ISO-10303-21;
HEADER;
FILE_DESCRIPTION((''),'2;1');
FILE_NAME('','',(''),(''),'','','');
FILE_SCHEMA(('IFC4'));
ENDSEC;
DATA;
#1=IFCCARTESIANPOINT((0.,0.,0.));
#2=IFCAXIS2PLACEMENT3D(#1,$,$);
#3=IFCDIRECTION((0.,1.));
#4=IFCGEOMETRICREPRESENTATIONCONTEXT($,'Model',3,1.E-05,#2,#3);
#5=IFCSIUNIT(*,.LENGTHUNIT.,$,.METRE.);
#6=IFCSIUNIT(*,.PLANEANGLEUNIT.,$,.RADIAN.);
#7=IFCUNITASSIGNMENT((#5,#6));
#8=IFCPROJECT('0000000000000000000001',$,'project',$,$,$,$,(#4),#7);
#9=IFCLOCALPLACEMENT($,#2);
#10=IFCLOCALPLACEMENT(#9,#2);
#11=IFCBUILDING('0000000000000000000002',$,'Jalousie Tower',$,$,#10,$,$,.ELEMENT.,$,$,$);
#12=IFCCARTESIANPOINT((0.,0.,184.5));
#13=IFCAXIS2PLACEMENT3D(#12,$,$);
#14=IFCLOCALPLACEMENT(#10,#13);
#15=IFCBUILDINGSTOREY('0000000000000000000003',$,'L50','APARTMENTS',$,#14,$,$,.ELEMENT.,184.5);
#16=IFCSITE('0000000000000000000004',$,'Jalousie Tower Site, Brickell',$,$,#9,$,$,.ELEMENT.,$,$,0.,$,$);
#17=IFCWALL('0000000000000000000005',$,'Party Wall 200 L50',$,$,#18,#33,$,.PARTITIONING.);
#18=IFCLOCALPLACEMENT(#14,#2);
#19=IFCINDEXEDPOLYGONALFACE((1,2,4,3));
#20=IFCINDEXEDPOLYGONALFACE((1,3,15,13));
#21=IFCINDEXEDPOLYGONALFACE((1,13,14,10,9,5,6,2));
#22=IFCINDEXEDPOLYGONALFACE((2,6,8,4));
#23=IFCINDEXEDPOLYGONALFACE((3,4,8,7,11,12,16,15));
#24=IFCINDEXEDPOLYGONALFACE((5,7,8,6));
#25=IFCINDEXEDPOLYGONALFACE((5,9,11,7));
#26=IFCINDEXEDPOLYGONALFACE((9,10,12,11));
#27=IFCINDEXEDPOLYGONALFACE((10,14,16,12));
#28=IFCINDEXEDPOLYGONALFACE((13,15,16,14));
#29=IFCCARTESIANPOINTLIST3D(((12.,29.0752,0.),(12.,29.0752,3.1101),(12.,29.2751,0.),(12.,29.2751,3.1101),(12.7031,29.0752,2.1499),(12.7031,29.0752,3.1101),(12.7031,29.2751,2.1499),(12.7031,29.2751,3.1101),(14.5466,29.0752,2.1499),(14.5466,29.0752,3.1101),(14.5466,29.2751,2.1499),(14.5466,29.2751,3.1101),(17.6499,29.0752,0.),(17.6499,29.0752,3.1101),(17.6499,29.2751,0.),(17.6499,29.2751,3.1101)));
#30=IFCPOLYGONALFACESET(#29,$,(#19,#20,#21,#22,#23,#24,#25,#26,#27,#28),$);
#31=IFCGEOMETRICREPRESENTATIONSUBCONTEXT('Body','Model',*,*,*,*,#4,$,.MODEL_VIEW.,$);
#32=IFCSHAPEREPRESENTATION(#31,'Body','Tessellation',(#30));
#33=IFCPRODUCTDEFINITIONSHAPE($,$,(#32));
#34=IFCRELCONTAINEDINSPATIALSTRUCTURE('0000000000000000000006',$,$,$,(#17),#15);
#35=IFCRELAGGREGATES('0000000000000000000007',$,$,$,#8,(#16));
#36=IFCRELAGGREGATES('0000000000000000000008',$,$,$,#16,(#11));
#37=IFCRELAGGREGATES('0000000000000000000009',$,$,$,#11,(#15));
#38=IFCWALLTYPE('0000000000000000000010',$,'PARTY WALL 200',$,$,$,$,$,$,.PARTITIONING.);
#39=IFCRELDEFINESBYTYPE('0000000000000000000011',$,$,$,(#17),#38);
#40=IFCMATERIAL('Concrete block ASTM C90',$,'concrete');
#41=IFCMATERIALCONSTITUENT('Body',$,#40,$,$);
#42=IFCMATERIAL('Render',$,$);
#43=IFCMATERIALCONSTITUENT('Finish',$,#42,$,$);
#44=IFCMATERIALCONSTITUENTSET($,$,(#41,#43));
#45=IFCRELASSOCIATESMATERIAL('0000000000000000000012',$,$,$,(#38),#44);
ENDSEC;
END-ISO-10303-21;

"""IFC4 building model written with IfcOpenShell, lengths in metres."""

from ifc_helpers import new_model, si_unit, direction, frame, origin, place, context, subcontext, project, spatial, polyline, outline, extrude, material, constituent, constituent_set, type_object, element, save


model = new_model("IFC4")

# Units and contexts
model_context = context("Model", 3, precision=1e-05, world=origin(), true_north=direction((0.0, 1.0)))
body_context = subcontext(model_context, "Body", "Model", "MODEL_VIEW")
ifc_project = project(units=[si_unit("LENGTHUNIT", "METRE"), si_unit("PLANEANGLEUNIT", "RADIAN")], contexts=[model_context])

# Site, building, storey
site_placement = place(None, origin())
site = spatial("IfcSite", under=ifc_project, at=site_placement, Name="Jalousie Tower Site, Brickell", CompositionType="ELEMENT", RefElevation=0.0)
building_placement = place(site_placement, origin())
building = spatial("IfcBuilding", under=site, at=building_placement, Name="Jalousie Tower", CompositionType="ELEMENT")
storey_placement = place(building_placement, frame((0.0, 0.0, 184.5)))
storey = spatial("IfcBuildingStorey", under=building, at=storey_placement, Name="L50", Description="APARTMENTS", CompositionType="ELEMENT", Elevation=184.5)

# Wall
ifc_material_1 = material(Name="Concrete block ASTM C90", Category="concrete")
ifc_constituent_1 = constituent(ifc_material_1, Name="Body")
ifc_material_2 = material(Name="Render")
ifc_constituent_2 = constituent(ifc_material_2, Name="Finish")
ifc_constituent_set_1 = constituent_set(constituents=[ifc_constituent_1, ifc_constituent_2])
wall_type_1 = type_object("IfcWallType", Name="PARTY WALL 200", PredefinedType="PARTITIONING", material=ifc_constituent_set_1)
wall_1_placement = place(storey_placement, frame((12.0, 29.175, 0.0), z_axis=(0.0, 0.0, 1.0), x_axis=(1.0, 0.0, 0.0)))
element("IfcWall", 1, at=wall_1_placement, inside=storey, type_object=wall_type_1, Name="Party Wall 200 L50", PredefinedType="PARTITIONING", context=body_context, shape_type="SweptSolid", body=[
    extrude(outline(polyline([(0.0, 0.0), (5.6499, 0.0), (5.6499, 3.1101), (2.5466, 3.1101), (2.5466, 2.1499), (0.7031, 2.1499), (0.7031, 3.1101), (0.0, 3.1101), (0.0, 0.0)])), frame((0.0, 0.1001, 0.0), z_axis=(0.0, -1.0, 0.0), x_axis=(1.0, 0.0, 0.0)), (0.0, 0.0, 1.0), 0.2),
])

save(model, "model.ifc")
